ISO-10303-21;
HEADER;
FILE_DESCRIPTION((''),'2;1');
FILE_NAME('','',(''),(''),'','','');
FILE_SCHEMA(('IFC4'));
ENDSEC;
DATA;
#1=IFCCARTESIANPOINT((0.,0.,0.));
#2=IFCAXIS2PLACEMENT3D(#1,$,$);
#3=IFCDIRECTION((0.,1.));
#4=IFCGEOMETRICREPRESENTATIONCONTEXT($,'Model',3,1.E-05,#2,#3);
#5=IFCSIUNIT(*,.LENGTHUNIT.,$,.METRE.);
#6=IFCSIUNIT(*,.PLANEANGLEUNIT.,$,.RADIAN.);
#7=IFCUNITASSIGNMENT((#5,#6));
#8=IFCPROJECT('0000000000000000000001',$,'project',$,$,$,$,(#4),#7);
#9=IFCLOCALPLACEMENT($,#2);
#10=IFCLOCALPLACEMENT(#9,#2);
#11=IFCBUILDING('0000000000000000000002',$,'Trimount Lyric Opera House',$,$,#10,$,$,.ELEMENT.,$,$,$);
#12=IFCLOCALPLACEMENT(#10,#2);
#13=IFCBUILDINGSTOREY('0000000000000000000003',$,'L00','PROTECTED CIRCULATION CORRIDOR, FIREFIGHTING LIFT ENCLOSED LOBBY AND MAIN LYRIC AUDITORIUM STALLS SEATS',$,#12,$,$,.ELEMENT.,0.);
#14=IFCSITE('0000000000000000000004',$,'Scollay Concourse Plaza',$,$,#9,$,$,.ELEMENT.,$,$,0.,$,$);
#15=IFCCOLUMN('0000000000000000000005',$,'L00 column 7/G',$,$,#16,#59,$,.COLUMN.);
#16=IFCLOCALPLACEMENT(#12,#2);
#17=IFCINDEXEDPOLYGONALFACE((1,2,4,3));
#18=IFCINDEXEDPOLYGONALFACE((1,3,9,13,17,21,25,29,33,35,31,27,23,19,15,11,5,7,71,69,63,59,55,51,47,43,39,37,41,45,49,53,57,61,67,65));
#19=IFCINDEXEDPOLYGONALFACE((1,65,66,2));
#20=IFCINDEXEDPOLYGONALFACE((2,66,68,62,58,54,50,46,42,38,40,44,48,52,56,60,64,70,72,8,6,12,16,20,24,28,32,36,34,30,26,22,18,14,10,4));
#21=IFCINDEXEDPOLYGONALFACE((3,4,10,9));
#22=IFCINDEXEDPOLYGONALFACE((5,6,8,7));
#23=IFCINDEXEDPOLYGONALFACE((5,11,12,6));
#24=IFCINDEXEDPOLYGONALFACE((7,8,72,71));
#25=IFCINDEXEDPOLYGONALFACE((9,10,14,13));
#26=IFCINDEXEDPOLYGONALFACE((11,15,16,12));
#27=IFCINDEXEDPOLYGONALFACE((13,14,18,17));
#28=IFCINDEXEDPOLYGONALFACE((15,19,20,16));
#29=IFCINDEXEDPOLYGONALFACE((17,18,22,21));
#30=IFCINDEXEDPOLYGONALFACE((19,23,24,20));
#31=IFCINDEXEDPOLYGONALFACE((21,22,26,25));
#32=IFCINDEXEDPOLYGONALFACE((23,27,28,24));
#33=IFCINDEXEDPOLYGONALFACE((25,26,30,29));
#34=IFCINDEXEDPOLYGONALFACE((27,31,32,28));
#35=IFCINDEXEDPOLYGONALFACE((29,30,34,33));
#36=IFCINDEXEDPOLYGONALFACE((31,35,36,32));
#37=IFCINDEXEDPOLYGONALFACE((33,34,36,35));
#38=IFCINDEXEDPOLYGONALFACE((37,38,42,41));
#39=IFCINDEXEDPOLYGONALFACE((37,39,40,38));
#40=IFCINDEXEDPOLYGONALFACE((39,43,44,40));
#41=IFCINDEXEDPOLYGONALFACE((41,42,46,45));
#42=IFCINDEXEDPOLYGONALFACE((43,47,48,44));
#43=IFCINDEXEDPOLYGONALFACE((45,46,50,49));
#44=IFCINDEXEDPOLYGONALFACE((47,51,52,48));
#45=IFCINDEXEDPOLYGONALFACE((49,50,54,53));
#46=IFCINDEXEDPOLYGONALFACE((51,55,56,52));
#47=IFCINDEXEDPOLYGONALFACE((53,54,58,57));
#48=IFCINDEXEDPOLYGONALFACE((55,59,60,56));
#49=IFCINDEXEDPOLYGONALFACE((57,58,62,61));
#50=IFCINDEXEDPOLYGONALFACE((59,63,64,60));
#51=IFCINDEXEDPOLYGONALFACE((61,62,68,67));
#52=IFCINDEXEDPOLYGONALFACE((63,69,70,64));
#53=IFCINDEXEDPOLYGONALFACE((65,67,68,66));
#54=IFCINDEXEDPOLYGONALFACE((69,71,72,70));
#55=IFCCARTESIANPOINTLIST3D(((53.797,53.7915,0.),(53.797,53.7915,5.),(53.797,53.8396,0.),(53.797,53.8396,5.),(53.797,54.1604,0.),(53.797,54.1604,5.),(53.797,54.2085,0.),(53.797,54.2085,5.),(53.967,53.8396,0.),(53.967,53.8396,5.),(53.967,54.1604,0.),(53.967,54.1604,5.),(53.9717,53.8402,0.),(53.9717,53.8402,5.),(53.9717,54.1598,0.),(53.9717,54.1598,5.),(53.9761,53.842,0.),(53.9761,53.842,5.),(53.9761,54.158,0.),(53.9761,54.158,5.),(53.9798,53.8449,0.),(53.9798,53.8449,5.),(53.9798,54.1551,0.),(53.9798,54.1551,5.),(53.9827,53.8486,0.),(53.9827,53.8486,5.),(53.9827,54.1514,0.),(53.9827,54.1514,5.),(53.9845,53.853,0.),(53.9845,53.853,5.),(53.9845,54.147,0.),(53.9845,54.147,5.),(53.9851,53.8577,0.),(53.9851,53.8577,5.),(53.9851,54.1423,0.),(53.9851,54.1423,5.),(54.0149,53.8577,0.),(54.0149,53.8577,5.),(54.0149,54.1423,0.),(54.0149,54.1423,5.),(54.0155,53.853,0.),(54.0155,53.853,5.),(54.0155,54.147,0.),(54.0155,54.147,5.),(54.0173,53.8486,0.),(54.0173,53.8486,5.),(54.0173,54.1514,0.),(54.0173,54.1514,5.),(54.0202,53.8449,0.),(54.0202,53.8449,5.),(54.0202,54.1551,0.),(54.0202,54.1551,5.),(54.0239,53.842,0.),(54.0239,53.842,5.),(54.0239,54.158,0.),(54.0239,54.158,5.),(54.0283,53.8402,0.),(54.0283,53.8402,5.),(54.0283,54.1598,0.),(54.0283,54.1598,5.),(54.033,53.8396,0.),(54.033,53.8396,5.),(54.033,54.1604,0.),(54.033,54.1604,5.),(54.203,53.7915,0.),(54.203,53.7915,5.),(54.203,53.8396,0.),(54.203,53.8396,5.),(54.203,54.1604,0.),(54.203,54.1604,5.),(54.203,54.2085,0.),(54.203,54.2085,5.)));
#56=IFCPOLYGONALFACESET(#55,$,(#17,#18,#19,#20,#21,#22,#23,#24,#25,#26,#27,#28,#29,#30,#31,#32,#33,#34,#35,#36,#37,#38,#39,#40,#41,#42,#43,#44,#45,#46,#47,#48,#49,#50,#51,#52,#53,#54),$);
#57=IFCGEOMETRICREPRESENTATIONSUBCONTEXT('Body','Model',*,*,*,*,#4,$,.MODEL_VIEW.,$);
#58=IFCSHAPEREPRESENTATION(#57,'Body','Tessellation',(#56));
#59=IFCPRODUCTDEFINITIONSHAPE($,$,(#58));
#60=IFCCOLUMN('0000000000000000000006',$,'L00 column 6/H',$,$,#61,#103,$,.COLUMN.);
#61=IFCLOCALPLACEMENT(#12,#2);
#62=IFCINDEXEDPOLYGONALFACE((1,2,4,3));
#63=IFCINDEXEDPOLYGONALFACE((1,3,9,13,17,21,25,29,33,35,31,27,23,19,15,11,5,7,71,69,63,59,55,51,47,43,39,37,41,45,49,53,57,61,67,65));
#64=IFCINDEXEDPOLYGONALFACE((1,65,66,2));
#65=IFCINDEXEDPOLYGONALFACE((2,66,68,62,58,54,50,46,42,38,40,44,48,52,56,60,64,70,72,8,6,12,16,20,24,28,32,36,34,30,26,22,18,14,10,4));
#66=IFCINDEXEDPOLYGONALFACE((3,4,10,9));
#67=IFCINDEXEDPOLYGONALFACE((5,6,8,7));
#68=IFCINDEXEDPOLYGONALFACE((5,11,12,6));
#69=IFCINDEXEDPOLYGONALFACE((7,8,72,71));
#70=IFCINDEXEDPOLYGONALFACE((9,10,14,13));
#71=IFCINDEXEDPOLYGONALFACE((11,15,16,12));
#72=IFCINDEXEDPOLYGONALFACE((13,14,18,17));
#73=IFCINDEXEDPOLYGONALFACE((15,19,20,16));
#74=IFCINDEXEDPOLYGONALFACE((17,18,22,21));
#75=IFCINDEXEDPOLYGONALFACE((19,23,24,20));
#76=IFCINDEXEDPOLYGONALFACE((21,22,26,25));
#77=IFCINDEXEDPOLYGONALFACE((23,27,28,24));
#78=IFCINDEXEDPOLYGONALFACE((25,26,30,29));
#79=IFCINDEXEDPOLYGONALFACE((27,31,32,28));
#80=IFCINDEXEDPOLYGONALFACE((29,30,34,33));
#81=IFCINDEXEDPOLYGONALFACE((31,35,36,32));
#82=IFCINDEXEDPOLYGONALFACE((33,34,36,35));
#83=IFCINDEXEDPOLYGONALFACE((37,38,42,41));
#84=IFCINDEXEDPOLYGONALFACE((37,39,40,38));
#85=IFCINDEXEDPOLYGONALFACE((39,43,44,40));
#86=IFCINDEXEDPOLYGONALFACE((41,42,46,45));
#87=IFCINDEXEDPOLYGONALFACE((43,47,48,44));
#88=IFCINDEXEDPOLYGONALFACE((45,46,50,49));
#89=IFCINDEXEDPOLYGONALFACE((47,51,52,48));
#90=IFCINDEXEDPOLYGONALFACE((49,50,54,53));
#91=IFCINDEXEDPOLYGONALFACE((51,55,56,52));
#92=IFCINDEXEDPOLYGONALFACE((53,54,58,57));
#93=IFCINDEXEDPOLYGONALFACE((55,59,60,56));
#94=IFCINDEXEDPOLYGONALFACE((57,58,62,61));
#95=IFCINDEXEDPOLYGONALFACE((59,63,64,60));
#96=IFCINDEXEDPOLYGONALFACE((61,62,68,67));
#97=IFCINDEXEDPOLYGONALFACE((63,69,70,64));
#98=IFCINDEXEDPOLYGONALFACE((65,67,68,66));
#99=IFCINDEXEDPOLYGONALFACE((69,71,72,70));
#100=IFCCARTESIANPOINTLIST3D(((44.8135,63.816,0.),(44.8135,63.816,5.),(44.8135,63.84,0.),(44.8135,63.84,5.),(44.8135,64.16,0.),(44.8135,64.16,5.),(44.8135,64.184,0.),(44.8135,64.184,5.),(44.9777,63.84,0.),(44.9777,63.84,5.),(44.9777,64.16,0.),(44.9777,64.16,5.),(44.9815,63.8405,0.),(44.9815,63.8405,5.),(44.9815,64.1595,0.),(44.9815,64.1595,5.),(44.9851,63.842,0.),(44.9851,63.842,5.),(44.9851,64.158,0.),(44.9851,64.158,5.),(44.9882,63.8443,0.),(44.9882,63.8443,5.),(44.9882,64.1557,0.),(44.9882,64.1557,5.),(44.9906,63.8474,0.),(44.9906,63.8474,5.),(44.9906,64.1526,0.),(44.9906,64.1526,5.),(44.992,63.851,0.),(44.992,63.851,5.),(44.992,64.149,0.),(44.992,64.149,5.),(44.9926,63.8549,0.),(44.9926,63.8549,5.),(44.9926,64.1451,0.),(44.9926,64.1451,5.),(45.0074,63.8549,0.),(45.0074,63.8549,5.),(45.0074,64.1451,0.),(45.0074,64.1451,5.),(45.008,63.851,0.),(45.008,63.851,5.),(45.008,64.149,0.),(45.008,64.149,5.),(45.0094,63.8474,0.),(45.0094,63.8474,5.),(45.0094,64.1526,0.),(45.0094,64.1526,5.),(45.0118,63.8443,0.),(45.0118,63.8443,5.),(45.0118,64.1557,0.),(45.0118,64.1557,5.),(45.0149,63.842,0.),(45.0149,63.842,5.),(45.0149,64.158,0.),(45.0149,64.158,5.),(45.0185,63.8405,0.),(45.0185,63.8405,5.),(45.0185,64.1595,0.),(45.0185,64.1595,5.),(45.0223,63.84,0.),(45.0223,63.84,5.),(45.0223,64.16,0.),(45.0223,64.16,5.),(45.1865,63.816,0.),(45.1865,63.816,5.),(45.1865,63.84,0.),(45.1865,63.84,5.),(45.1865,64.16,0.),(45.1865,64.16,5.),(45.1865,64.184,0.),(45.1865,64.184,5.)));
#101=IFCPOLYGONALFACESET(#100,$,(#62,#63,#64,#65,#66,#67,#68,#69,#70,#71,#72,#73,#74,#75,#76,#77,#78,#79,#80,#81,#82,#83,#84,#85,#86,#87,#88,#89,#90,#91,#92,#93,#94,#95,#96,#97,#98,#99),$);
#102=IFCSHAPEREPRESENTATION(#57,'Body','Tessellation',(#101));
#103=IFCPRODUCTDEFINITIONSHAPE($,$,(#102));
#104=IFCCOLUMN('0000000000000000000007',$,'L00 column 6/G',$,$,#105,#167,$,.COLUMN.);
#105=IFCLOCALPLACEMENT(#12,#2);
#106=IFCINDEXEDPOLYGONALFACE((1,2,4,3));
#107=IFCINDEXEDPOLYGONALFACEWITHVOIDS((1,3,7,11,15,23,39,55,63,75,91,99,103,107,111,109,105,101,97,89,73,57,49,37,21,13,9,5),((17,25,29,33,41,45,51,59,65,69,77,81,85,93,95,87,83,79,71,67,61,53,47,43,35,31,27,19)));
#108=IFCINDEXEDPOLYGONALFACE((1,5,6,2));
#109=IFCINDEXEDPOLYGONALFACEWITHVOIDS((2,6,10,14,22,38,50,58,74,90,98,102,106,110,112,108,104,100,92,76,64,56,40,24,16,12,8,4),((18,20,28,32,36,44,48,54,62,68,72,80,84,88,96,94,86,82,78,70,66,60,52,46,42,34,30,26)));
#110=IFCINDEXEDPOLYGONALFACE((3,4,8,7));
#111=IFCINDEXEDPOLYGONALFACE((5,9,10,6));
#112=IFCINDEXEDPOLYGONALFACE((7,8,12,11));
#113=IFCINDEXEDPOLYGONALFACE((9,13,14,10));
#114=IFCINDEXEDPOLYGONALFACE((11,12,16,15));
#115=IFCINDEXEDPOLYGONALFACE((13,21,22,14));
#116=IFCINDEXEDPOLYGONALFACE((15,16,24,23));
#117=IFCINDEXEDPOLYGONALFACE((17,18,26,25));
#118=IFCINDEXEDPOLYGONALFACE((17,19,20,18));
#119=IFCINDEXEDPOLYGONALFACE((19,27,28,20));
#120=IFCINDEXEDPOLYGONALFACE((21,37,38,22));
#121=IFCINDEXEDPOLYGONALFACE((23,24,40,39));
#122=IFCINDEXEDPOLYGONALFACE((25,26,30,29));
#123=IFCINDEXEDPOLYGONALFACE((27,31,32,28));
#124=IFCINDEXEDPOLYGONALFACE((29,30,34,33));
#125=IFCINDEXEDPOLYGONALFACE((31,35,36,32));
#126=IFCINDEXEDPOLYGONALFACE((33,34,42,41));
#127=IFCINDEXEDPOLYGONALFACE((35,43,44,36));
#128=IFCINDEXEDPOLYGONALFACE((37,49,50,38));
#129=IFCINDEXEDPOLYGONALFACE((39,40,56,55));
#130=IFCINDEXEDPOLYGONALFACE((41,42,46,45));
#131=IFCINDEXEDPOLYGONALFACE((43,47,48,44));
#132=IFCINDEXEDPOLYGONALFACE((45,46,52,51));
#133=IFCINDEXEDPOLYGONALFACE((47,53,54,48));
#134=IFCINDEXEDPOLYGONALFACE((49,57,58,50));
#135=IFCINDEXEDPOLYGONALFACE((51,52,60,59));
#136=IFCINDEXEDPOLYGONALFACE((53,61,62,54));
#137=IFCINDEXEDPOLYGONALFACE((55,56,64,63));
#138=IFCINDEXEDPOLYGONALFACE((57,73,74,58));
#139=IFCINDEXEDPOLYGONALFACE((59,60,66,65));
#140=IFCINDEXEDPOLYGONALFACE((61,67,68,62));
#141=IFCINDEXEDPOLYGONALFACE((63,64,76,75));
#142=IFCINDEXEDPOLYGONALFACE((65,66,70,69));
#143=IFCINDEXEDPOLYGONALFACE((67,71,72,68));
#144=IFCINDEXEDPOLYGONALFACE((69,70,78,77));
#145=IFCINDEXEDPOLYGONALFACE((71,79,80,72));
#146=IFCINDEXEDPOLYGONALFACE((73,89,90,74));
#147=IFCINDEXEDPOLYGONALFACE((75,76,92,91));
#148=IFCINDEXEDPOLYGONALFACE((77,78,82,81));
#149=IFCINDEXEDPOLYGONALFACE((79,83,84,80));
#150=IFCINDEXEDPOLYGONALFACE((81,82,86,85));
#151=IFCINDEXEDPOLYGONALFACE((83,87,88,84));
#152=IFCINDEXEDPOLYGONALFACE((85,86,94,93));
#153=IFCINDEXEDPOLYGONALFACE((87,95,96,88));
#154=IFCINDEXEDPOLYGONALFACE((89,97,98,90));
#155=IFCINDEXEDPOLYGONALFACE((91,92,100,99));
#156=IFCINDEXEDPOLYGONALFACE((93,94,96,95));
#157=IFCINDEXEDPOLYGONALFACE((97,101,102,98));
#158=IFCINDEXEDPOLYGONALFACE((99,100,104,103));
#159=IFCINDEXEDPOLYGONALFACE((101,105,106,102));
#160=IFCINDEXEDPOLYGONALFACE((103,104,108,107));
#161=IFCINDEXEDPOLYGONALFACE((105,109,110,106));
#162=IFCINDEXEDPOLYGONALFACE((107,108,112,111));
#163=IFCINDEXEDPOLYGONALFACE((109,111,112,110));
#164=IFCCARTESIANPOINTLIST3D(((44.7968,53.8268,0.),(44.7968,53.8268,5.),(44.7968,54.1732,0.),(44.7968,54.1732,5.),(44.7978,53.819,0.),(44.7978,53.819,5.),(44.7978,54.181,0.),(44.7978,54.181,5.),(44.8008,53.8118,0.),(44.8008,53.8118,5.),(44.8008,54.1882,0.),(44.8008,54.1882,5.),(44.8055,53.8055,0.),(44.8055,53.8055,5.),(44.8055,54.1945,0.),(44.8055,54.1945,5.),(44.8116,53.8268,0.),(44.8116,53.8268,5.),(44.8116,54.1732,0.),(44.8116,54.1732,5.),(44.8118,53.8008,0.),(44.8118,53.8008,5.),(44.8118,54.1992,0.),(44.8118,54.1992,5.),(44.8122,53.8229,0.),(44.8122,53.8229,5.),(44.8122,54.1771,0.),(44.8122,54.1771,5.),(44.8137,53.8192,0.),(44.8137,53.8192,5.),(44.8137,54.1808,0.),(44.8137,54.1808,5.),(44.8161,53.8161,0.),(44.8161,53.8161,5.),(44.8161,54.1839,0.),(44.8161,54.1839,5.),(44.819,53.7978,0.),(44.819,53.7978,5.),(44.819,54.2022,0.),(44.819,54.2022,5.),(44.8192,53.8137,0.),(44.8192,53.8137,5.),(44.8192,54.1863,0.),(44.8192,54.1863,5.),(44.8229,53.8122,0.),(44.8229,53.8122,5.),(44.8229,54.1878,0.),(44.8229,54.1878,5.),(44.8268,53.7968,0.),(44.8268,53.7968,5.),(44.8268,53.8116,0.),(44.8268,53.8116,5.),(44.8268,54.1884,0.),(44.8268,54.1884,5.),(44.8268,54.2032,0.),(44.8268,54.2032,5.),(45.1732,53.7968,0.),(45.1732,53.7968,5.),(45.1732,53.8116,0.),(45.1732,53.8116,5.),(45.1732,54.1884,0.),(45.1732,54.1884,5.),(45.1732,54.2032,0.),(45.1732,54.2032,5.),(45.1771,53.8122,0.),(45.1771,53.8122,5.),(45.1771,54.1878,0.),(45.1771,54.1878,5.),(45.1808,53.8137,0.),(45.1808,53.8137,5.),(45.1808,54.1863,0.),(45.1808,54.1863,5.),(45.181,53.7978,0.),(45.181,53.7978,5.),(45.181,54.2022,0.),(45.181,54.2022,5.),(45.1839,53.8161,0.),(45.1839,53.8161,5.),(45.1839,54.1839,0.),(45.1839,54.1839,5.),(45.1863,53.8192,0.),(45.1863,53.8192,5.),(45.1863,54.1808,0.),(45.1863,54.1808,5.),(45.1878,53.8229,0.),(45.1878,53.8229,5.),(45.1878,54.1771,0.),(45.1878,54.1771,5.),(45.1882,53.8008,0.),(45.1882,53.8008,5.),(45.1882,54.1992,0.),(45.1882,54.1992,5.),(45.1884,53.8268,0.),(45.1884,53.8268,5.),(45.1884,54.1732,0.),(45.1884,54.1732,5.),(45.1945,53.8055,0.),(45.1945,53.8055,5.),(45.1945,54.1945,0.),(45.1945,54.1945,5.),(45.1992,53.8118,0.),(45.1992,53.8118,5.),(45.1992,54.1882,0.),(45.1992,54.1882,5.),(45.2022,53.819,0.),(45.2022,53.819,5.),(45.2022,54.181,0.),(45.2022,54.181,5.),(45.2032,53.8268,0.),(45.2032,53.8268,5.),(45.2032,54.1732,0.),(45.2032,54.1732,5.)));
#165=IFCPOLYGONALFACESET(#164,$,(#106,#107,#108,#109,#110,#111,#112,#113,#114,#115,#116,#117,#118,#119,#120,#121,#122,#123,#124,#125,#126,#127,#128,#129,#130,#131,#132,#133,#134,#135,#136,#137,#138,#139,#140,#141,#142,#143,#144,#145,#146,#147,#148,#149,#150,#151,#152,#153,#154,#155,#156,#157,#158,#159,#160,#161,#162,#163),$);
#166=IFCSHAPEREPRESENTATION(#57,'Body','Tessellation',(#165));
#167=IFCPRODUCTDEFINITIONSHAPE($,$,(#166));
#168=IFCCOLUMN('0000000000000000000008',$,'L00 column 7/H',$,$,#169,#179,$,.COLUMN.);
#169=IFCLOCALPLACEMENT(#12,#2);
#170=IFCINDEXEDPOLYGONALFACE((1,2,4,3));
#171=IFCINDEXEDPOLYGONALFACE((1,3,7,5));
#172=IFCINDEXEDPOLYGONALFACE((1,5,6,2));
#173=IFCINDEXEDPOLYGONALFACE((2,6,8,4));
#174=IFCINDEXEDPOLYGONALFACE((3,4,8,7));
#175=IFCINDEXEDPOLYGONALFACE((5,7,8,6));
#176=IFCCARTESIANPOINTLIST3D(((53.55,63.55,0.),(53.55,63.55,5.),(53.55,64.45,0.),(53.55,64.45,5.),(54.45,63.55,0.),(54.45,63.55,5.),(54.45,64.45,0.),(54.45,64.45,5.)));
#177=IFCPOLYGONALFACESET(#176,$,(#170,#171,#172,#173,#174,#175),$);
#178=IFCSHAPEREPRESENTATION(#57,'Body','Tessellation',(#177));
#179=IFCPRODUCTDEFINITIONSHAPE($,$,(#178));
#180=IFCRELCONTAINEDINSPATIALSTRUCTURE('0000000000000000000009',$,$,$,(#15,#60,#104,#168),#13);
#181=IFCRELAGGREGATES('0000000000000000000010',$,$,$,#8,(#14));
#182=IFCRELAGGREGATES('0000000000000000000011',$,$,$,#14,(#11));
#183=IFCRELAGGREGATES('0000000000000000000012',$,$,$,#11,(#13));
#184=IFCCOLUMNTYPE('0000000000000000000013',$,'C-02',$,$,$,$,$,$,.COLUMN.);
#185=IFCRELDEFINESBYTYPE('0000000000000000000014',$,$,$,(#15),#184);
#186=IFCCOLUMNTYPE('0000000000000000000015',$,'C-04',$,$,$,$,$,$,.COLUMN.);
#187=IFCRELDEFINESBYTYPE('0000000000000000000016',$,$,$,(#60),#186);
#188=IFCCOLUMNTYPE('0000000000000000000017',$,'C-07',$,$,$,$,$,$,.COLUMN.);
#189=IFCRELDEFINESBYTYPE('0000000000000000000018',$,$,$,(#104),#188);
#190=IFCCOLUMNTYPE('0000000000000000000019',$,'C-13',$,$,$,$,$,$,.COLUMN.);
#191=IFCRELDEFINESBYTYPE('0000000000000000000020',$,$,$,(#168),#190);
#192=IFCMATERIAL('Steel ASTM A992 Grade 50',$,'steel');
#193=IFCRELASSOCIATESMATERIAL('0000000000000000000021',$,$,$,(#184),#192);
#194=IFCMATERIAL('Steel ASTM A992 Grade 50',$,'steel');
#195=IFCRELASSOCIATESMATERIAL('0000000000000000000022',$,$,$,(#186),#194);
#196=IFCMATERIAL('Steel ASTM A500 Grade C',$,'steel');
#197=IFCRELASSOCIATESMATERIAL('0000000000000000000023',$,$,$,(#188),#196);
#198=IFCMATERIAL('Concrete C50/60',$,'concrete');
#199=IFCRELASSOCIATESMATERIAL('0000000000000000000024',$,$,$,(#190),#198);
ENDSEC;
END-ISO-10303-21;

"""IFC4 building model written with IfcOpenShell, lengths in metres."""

from ifc_helpers import new_model, si_unit, direction, frame, origin, origin_2d, place, context, subcontext, project, spatial, rectangle, hollow_rectangle, i_section, extrude, material, material_profile, profile_set, type_object, element, save


model = new_model("IFC4")

# Units and contexts
model_context = context("Model", 3, precision=1e-05, world=origin(), true_north=direction((0.0, 1.0)))
body_context = subcontext(model_context, "Body", "Model", "MODEL_VIEW")
ifc_project = project(units=[si_unit("LENGTHUNIT", "METRE"), si_unit("PLANEANGLEUNIT", "RADIAN")], contexts=[model_context])

# Site, building, storey
site_placement = place(None, origin())
site = spatial("IfcSite", under=ifc_project, at=site_placement, Name="Scollay Concourse Plaza", CompositionType="ELEMENT", RefElevation=0.0)
building_placement = place(site_placement, origin())
building = spatial("IfcBuilding", under=site, at=building_placement, Name="Trimount Lyric Opera House", CompositionType="ELEMENT")
storey_placement = place(building_placement, origin())
storey = spatial("IfcBuildingStorey", under=building, at=storey_placement, Name="L00", Description="PROTECTED CIRCULATION CORRIDOR, FIREFIGHTING LIFT ENCLOSED LOBBY AND MAIN LYRIC AUDITORIUM STALLS SEATS", CompositionType="ELEMENT", Elevation=0.0)

# Columns
ifc_material_1 = material(Name="Steel ASTM A992 Grade 50", Category="steel")
ifc_material_profile_1 = material_profile(ifc_material_1, i_section(OverallWidth=0.406, OverallDepth=0.417, WebThickness=0.0298, FlangeThickness=0.0481, FilletRadius=0.0181, at=origin_2d()), Name="W14X257")
ifc_profile_set_1 = profile_set([ifc_material_profile_1], Name="Steel ASTM A992 Grade 50")
column_type_1 = type_object("IfcColumnType", Name="C-02", PredefinedType="COLUMN", material=ifc_profile_set_1)
column_1_placement = place(storey_placement, frame((54.0, 54.0, 0.0), z_axis=(0.0, 0.0, 1.0), x_axis=(1.0, 0.0, 0.0)))
element("IfcColumn", 1, at=column_1_placement, inside=storey, type_object=column_type_1, Name="L00 column 7/G", PredefinedType="COLUMN", context=body_context, shape_type="SweptSolid", body=[
    extrude(i_section(OverallWidth=0.406, OverallDepth=0.417, WebThickness=0.0298, FlangeThickness=0.0481, FilletRadius=0.0181, at=origin_2d()), origin(), (0.0, 0.0, 1.0), 5.0),
])
ifc_material_2 = material(Name="Steel ASTM A992 Grade 50", Category="steel")
ifc_material_profile_2 = material_profile(ifc_material_2, i_section(OverallWidth=0.373, OverallDepth=0.3679, WebThickness=0.0149, FlangeThickness=0.0239, FilletRadius=0.0149, at=origin_2d()), Name="W14X120")
ifc_profile_set_2 = profile_set([ifc_material_profile_2], Name="Steel ASTM A992 Grade 50")
column_type_2 = type_object("IfcColumnType", Name="C-04", PredefinedType="COLUMN", material=ifc_profile_set_2)
column_2_placement = place(storey_placement, frame((45.0, 64.0, 0.0), z_axis=(0.0, 0.0, 1.0), x_axis=(1.0, 0.0, 0.0)))
element("IfcColumn", 2, at=column_2_placement, inside=storey, type_object=column_type_2, Name="L00 column 6/H", PredefinedType="COLUMN", context=body_context, shape_type="SweptSolid", body=[
    extrude(i_section(OverallWidth=0.373, OverallDepth=0.3679, WebThickness=0.0149, FlangeThickness=0.0239, FilletRadius=0.0149, at=origin_2d()), origin(), (0.0, 0.0, 1.0), 5.0),
])
ifc_material_3 = material(Name="Steel ASTM A500 Grade C", Category="steel")
ifc_material_profile_3 = material_profile(ifc_material_3, hollow_rectangle(XDim=0.4065, YDim=0.4065, WallThickness=0.0149, InnerFilletRadius=0.0151, OuterFilletRadius=0.03, at=origin_2d()), Name="HSS406.4X406.4X15.9")
ifc_profile_set_3 = profile_set([ifc_material_profile_3], Name="Steel ASTM A500 Grade C")
column_type_3 = type_object("IfcColumnType", Name="C-07", PredefinedType="COLUMN", material=ifc_profile_set_3)
column_3_placement = place(storey_placement, frame((45.0, 54.0, 0.0), z_axis=(0.0, 0.0, 1.0), x_axis=(1.0, 0.0, 0.0)))
element("IfcColumn", 3, at=column_3_placement, inside=storey, type_object=column_type_3, Name="L00 column 6/G", PredefinedType="COLUMN", context=body_context, shape_type="SweptSolid", body=[
    extrude(hollow_rectangle(XDim=0.4065, YDim=0.4065, WallThickness=0.0149, InnerFilletRadius=0.0151, OuterFilletRadius=0.03, at=origin_2d()), origin(), (0.0, 0.0, 1.0), 5.0),
])
ifc_material_4 = material(Name="Concrete C50/60", Category="concrete")
ifc_material_profile_4 = material_profile(ifc_material_4, rectangle(XDim=0.8999, YDim=0.8999, at=origin_2d()), Name="RC900X900")
ifc_profile_set_4 = profile_set([ifc_material_profile_4], Name="Concrete C50/60")
column_type_4 = type_object("IfcColumnType", Name="C-13", PredefinedType="COLUMN", material=ifc_profile_set_4)
column_4_placement = place(storey_placement, frame((54.0, 64.0, 0.0), z_axis=(0.0, 0.0, 1.0), x_axis=(1.0, 0.0, 0.0)))
element("IfcColumn", 4, at=column_4_placement, inside=storey, type_object=column_type_4, Name="L00 column 7/H", PredefinedType="COLUMN", context=body_context, shape_type="SweptSolid", body=[
    extrude(rectangle(XDim=0.8999, YDim=0.8999, at=origin_2d()), origin(), (0.0, 0.0, 1.0), 5.0),
])

save(model, "model.ifc")
